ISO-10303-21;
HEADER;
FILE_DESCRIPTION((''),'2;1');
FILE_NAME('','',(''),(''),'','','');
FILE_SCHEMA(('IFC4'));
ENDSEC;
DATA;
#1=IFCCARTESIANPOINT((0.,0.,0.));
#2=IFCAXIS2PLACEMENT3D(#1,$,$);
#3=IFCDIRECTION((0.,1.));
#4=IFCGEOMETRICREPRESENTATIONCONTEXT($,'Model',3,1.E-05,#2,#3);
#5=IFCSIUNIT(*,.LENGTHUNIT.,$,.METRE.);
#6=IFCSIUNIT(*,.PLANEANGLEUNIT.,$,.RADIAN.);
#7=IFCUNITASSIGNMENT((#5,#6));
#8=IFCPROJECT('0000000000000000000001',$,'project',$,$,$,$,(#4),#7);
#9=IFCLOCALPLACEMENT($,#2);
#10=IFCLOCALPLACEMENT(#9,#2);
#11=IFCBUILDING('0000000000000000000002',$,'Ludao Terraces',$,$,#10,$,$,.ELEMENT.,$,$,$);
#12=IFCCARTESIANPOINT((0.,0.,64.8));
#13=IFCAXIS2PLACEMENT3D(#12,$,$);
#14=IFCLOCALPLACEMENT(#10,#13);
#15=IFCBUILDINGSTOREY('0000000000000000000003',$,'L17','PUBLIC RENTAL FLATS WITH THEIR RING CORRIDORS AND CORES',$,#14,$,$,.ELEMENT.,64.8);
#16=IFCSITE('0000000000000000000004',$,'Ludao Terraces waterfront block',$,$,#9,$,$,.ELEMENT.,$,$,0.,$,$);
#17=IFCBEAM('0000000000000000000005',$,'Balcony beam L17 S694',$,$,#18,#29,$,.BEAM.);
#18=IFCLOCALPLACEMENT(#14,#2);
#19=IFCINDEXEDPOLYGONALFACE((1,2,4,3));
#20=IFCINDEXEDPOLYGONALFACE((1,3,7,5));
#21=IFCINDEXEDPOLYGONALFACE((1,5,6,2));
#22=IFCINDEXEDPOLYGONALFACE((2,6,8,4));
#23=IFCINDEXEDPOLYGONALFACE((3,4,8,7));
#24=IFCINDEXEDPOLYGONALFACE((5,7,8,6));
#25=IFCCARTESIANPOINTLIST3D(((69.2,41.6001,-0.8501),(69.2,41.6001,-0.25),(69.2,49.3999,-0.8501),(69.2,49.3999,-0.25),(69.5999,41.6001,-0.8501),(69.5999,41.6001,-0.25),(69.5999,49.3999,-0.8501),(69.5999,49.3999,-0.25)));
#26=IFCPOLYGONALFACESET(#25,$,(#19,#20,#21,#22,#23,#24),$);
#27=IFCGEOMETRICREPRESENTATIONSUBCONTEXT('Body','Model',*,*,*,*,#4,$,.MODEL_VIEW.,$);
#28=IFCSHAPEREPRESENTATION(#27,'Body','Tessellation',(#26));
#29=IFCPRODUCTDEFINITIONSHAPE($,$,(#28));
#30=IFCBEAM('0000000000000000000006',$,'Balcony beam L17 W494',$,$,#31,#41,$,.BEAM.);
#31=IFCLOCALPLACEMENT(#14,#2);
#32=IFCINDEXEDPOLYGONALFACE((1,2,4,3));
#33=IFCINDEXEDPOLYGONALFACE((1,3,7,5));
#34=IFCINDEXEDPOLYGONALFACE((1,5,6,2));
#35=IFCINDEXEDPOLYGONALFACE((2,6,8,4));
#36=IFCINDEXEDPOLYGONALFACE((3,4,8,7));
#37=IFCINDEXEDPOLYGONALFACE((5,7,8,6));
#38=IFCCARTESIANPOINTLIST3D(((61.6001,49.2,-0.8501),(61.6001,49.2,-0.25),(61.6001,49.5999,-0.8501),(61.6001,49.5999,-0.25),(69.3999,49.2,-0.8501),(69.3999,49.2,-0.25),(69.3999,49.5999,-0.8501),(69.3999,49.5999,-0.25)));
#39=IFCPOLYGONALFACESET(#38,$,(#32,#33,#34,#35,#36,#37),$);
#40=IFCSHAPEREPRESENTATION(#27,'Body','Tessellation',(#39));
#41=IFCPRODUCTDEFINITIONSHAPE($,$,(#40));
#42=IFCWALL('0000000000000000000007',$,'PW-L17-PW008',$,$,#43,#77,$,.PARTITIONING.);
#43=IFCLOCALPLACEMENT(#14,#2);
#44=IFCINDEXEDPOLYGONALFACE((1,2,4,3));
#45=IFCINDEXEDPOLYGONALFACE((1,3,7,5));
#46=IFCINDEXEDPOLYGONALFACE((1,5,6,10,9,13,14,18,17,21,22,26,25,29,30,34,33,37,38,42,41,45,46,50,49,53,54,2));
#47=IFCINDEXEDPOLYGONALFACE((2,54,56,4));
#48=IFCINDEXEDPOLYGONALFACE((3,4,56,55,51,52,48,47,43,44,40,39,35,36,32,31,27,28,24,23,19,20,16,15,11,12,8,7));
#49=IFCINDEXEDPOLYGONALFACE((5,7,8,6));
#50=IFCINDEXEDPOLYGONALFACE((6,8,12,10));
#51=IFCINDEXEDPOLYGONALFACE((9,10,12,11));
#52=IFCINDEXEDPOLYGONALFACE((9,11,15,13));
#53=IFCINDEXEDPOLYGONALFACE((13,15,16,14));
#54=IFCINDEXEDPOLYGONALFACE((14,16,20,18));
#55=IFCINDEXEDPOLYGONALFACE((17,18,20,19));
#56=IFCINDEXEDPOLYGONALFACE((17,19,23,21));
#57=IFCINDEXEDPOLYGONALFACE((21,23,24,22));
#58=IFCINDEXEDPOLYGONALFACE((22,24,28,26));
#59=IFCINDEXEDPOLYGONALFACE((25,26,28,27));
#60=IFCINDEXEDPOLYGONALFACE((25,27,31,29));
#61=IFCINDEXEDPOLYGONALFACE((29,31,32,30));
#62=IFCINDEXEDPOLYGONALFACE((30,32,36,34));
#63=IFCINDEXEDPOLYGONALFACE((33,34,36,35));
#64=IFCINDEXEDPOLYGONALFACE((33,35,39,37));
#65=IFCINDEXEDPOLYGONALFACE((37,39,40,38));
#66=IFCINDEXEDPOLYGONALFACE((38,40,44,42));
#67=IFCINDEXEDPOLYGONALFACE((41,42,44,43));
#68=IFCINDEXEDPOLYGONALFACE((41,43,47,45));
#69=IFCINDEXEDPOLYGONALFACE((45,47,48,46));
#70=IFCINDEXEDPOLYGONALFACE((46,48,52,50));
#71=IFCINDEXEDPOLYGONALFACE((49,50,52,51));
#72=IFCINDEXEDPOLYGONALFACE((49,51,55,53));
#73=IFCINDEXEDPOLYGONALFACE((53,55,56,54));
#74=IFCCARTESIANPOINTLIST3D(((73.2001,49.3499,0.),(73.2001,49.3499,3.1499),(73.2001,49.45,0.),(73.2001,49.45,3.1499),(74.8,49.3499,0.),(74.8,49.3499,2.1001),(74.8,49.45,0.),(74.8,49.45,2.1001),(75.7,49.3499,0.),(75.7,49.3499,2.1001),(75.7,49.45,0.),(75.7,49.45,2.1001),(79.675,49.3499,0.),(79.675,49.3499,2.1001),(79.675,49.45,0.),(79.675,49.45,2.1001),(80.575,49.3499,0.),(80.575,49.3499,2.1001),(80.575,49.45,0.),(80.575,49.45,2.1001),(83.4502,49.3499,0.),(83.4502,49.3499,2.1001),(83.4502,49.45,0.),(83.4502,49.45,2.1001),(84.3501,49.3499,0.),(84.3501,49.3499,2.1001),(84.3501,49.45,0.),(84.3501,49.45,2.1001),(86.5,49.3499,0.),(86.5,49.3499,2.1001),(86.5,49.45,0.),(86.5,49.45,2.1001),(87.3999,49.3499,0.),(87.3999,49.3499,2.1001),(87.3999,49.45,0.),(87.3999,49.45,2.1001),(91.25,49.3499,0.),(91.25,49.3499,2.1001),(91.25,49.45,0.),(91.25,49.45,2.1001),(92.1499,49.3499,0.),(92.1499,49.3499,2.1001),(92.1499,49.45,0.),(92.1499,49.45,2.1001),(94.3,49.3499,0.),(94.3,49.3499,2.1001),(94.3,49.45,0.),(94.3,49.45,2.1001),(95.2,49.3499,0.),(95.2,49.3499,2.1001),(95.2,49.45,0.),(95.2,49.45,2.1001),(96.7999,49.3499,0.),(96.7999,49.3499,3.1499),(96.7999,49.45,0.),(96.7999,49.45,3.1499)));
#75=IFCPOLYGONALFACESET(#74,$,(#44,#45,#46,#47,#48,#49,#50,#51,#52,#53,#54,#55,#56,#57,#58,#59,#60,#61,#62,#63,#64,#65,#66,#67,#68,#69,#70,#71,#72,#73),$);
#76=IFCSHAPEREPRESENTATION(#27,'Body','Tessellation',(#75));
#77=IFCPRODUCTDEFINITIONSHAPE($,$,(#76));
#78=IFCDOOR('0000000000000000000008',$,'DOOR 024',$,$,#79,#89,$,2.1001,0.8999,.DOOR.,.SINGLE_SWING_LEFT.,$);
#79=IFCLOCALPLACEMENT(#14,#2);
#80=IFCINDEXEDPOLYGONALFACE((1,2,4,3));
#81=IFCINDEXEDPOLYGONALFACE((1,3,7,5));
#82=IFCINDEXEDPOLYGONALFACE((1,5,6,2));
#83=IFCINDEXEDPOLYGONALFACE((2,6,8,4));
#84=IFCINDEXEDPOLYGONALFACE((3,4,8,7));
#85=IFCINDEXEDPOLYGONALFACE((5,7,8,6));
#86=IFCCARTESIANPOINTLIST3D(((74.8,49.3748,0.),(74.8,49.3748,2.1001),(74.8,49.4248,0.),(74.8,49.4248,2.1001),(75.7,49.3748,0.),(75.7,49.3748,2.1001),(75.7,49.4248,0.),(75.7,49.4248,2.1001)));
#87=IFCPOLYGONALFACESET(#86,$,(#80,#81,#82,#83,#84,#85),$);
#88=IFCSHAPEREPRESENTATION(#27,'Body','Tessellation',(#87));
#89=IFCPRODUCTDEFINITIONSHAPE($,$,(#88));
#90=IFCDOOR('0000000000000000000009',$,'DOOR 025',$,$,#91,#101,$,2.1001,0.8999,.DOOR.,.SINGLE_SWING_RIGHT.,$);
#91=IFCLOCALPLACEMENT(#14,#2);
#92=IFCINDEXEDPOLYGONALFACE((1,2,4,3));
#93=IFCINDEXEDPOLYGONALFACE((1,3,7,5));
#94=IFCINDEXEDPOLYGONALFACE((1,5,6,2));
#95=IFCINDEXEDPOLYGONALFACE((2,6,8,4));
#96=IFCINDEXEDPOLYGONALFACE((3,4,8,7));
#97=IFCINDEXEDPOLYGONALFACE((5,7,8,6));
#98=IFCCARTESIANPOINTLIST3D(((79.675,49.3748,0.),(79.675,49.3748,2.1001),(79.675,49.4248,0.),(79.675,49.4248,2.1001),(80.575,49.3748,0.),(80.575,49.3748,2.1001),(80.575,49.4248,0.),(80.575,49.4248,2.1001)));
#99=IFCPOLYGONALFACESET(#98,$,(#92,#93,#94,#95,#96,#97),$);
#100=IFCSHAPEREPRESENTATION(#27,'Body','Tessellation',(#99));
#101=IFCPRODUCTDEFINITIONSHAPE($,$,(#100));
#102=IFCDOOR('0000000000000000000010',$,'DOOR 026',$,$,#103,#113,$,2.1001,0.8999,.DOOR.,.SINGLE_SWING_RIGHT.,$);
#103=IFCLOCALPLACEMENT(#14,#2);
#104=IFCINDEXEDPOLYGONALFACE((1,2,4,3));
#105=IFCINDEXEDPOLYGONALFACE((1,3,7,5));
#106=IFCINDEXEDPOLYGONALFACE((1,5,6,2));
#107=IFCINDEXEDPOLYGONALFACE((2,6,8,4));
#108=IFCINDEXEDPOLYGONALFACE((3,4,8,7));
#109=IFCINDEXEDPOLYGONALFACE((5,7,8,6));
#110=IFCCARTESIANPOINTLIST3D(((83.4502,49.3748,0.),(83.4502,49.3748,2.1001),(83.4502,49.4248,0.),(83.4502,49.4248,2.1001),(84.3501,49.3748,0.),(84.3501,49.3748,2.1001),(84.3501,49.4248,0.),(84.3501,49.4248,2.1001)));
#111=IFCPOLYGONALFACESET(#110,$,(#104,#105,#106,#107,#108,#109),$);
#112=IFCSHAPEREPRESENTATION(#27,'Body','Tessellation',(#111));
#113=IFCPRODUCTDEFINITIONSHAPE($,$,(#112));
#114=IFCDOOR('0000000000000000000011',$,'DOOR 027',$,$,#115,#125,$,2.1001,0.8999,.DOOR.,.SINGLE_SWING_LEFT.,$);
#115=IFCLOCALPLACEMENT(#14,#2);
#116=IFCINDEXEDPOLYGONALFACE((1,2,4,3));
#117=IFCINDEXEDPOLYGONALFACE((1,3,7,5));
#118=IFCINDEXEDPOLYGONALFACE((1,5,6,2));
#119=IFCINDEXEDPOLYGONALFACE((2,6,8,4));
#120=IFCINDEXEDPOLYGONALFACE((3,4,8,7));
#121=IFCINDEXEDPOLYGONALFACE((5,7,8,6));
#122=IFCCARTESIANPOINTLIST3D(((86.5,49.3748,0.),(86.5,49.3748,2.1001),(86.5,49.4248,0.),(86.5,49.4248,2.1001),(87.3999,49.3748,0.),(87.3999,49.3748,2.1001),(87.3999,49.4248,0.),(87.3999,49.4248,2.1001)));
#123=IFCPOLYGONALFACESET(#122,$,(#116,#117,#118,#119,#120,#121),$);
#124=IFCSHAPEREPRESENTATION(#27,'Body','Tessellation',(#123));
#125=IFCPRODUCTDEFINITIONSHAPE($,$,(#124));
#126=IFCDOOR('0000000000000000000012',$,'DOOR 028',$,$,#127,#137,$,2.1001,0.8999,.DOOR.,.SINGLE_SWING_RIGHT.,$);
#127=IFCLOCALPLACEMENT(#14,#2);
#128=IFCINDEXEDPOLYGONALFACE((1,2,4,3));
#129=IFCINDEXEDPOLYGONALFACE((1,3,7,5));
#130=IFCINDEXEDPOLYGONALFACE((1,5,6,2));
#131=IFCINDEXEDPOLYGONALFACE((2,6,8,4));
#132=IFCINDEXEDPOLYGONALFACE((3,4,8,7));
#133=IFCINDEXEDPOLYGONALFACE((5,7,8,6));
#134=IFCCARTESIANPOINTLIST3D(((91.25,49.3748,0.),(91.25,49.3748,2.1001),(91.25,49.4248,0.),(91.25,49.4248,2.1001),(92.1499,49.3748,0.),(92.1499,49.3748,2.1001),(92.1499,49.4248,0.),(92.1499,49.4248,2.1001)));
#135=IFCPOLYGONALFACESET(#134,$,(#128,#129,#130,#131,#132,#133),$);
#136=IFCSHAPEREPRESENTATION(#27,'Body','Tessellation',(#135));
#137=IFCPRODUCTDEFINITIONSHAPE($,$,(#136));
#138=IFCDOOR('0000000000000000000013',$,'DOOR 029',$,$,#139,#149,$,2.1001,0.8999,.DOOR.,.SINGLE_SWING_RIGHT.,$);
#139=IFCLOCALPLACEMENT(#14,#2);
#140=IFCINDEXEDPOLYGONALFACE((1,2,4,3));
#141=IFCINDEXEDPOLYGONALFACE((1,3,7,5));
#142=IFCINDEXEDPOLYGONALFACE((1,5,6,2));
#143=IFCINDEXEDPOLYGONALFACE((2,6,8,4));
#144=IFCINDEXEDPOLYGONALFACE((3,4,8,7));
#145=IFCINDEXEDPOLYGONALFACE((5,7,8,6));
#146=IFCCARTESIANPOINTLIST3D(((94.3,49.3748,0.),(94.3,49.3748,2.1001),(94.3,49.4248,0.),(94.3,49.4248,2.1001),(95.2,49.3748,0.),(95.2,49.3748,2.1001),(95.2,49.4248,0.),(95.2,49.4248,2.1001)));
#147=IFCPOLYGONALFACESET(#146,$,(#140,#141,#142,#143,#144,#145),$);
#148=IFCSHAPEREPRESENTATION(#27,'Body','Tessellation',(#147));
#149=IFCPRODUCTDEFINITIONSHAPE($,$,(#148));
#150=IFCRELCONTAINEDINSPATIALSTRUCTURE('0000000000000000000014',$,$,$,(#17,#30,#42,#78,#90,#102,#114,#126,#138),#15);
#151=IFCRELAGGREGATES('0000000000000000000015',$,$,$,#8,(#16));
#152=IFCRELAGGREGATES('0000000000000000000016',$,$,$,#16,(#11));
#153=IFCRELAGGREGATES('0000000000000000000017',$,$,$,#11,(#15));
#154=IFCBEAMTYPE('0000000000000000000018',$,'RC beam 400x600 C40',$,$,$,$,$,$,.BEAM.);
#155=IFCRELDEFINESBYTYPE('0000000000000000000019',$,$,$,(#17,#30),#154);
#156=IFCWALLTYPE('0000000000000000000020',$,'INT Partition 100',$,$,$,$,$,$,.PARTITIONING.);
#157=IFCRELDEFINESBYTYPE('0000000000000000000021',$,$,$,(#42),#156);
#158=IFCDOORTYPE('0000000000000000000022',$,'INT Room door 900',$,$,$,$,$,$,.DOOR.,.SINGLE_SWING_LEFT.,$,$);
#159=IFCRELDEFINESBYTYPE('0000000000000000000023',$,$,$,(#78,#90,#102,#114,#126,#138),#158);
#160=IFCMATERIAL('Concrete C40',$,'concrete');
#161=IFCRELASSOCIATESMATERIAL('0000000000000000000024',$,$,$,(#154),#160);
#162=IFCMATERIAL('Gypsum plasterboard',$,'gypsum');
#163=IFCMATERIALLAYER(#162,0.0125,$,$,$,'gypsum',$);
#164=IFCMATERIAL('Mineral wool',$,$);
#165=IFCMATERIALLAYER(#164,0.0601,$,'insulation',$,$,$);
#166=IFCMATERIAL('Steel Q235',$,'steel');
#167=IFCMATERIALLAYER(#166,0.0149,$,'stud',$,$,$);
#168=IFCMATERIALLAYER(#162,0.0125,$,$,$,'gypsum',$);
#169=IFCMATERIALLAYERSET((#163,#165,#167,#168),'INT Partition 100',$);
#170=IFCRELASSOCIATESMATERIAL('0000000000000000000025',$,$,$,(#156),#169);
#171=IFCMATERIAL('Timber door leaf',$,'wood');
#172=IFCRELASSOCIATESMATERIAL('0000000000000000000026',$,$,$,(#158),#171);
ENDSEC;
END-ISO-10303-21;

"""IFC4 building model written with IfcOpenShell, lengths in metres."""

from ifc_helpers import new_model, si_unit, direction, frame, frame_2d, origin, origin_2d, place, context, subcontext, project, spatial, rectangle, extrude, material, layer, layer_set, material_profile, profile_set, type_object, element, fill, save


model = new_model("IFC4")

# Units and contexts
model_context = context("Model", 3, precision=1e-05, world=origin(), true_north=direction((0.0, 1.0)))
body_context = subcontext(model_context, "Body", "Model", "MODEL_VIEW")
ifc_project = project(units=[si_unit("LENGTHUNIT", "METRE"), si_unit("PLANEANGLEUNIT", "RADIAN")], contexts=[model_context])

# Site, building, storey
site_placement = place(None, origin())
site = spatial("IfcSite", under=ifc_project, at=site_placement, Name="Ludao Terraces waterfront block", CompositionType="ELEMENT", RefElevation=0.0)
building_placement = place(site_placement, origin())
building = spatial("IfcBuilding", under=site, at=building_placement, Name="Ludao Terraces", CompositionType="ELEMENT")
storey_placement = place(building_placement, frame((0.0, 0.0, 64.8)))
storey = spatial("IfcBuildingStorey", under=building, at=storey_placement, Name="L17", Description="PUBLIC RENTAL FLATS WITH THEIR RING CORRIDORS AND CORES", CompositionType="ELEMENT", Elevation=64.8)

# Beams
ifc_material_1 = material(Name="Concrete C40", Category="concrete")
ifc_material_profile = material_profile(ifc_material_1, rectangle(XDim=0.3999, YDim=0.6001, at=origin_2d()), Name="400 X 600")
ifc_profile_set = profile_set([ifc_material_profile], Name="Concrete C40")
beam_type = type_object("IfcBeamType", Name="RC beam 400x600 C40", PredefinedType="BEAM", material=ifc_profile_set)
for number, where, z_axis, x_axis, name in (
    (1, (69.3999, 49.3999, -0.55), (0.0, -1.0, 0.0), (1.0, 0.0, 0.0), "Balcony beam L17 S694"),
    (2, (69.3999, 49.3999, -0.55), (-1.0, 0.0, 0.0), (0.0, -1.0, 0.0), "Balcony beam L17 W494"),
):
    element("IfcBeam", number, at=place(storey_placement, frame(where, z_axis=z_axis, x_axis=x_axis)), inside=storey, type_object=beam_type, Name=name, PredefinedType="BEAM", context=body_context, shape_type="SweptSolid", body=[
        extrude(rectangle(XDim=0.3999, YDim=0.6001, at=origin_2d()), origin(), (0.0, 0.0, 1.0), 7.7998),
    ])

# Wall, openings, doors
ifc_material_2 = material(Name="Gypsum plasterboard", Category="gypsum")
ifc_layer_1 = layer(ifc_material_2, 0.0125, Category="gypsum")
ifc_material_3 = material(Name="Mineral wool")
ifc_layer_2 = layer(ifc_material_3, 0.0601, Name="insulation")
ifc_material_4 = material(Name="Steel Q235", Category="steel")
ifc_layer_3 = layer(ifc_material_4, 0.0149, Name="stud")
ifc_layer_4 = layer(ifc_material_2, 0.0125, Category="gypsum")
ifc_layer_set = layer_set([ifc_layer_1, ifc_layer_2, ifc_layer_3, ifc_layer_4], Name="INT Partition 100")
wall_type = type_object("IfcWallType", Name="INT Partition 100", PredefinedType="PARTITIONING", material=ifc_layer_set)
wall_1_placement = place(storey_placement, frame((73.2002, 49.3999, 0.0), z_axis=(0.0, 0.0, 1.0), x_axis=(1.0, 0.0, 0.0)))
wall_1 = element("IfcWall", 3, at=wall_1_placement, inside=storey, type_object=wall_type, Name="PW-L17-PW008", PredefinedType="PARTITIONING", context=body_context, shape_type="SweptSolid", body=[
    extrude(rectangle(XDim=23.5999, YDim=0.1001, at=frame_2d((11.7998, 0.0))), origin(), (0.0, 0.0, 1.0), 3.1499),
])
opening_1_placement = place(wall_1_placement, frame((1.5999, 0.0, 0.0)))
opening_1 = element("IfcOpeningElement", 4, at=opening_1_placement, cuts=wall_1, PredefinedType="OPENING", context=body_context, shape_type="SweptSolid", body=[
    extrude(rectangle(XDim=0.8999, YDim=2.1001, at=frame_2d((0.45, 1.05))), frame((0.0, 0.0601, 0.0), z_axis=(0.0, -1.0, 0.0), x_axis=(1.0, 0.0, 0.0)), (0.0, 0.0, 1.0), 0.1201),
])
opening_2_placement = place(wall_1_placement, frame((6.4749, 0.0, 0.0)))
opening_2 = element("IfcOpeningElement", 5, at=opening_2_placement, cuts=wall_1, PredefinedType="OPENING", context=body_context, shape_type="SweptSolid", body=[
    extrude(rectangle(XDim=0.8999, YDim=2.1001, at=frame_2d((0.45, 1.05))), frame((0.0, 0.0601, 0.0), z_axis=(0.0, -1.0, 0.0), x_axis=(1.0, 0.0, 0.0)), (0.0, 0.0, 1.0), 0.1201),
])
opening_3_placement = place(wall_1_placement, frame((10.25, 0.0, 0.0)))
opening_3 = element("IfcOpeningElement", 6, at=opening_3_placement, cuts=wall_1, PredefinedType="OPENING", context=body_context, shape_type="SweptSolid", body=[
    extrude(rectangle(XDim=0.8999, YDim=2.1001, at=frame_2d((0.45, 1.05))), frame((0.0, 0.0601, 0.0), z_axis=(0.0, -1.0, 0.0), x_axis=(1.0, 0.0, 0.0)), (0.0, 0.0, 1.0), 0.1201),
])
opening_4_placement = place(wall_1_placement, frame((13.2998, 0.0, 0.0)))
opening_4 = element("IfcOpeningElement", 7, at=opening_4_placement, cuts=wall_1, PredefinedType="OPENING", context=body_context, shape_type="SweptSolid", body=[
    extrude(rectangle(XDim=0.8999, YDim=2.1001, at=frame_2d((0.45, 1.05))), frame((0.0, 0.0601, 0.0), z_axis=(0.0, -1.0, 0.0), x_axis=(1.0, 0.0, 0.0)), (0.0, 0.0, 1.0), 0.1201),
])
opening_5_placement = place(wall_1_placement, frame((18.0498, 0.0, 0.0)))
opening_5 = element("IfcOpeningElement", 8, at=opening_5_placement, cuts=wall_1, PredefinedType="OPENING", context=body_context, shape_type="SweptSolid", body=[
    extrude(rectangle(XDim=0.8999, YDim=2.1001, at=frame_2d((0.45, 1.05))), frame((0.0, 0.0601, 0.0), z_axis=(0.0, -1.0, 0.0), x_axis=(1.0, 0.0, 0.0)), (0.0, 0.0, 1.0), 0.1201),
])
opening_6_placement = place(wall_1_placement, frame((21.0999, 0.0, 0.0)))
opening_6 = element("IfcOpeningElement", 9, at=opening_6_placement, cuts=wall_1, PredefinedType="OPENING", context=body_context, shape_type="SweptSolid", body=[
    extrude(rectangle(XDim=0.8999, YDim=2.1001, at=frame_2d((0.45, 1.05))), frame((0.0, 0.0601, 0.0), z_axis=(0.0, -1.0, 0.0), x_axis=(1.0, 0.0, 0.0)), (0.0, 0.0, 1.0), 0.1201),
])
ifc_material_5 = material(Name="Timber door leaf", Category="wood")
door_type_1 = type_object("IfcDoorType", Name="INT Room door 900", OperationType="SINGLE_SWING_LEFT", PredefinedType="DOOR", material=ifc_material_5)
door_1_placement = place(opening_1_placement, origin())
door_1 = element("IfcDoor", 10, at=door_1_placement, inside=storey, type_object=door_type_1, Name="DOOR 024", OperationType="SINGLE_SWING_LEFT", OverallHeight=2.1001, OverallWidth=0.8999, PredefinedType="DOOR", context=body_context, shape_type="SweptSolid", body=[
    extrude(rectangle(XDim=0.8999, YDim=2.1001, at=frame_2d((0.45, 1.05))), frame((0.0, 0.0249, 0.0), z_axis=(0.0, -1.0, 0.0), x_axis=(1.0, 0.0, 0.0)), (0.0, 0.0, 1.0), 0.05),
])
fill(opening_1, door_1)
door_2_placement = place(opening_2_placement, origin())
door_2 = element("IfcDoor", 11, at=door_2_placement, inside=storey, type_object=door_type_1, Name="DOOR 025", OperationType="SINGLE_SWING_RIGHT", OverallHeight=2.1001, OverallWidth=0.8999, PredefinedType="DOOR", context=body_context, shape_type="SweptSolid", body=[
    extrude(rectangle(XDim=0.8999, YDim=2.1001, at=frame_2d((0.45, 1.05))), frame((0.0, 0.0249, 0.0), z_axis=(0.0, -1.0, 0.0), x_axis=(1.0, 0.0, 0.0)), (0.0, 0.0, 1.0), 0.05),
])
fill(opening_2, door_2)
door_3_placement = place(opening_3_placement, origin())
door_3 = element("IfcDoor", 12, at=door_3_placement, inside=storey, type_object=door_type_1, Name="DOOR 026", OperationType="SINGLE_SWING_RIGHT", OverallHeight=2.1001, OverallWidth=0.8999, PredefinedType="DOOR", context=body_context, shape_type="SweptSolid", body=[
    extrude(rectangle(XDim=0.8999, YDim=2.1001, at=frame_2d((0.45, 1.05))), frame((0.0, 0.0249, 0.0), z_axis=(0.0, -1.0, 0.0), x_axis=(1.0, 0.0, 0.0)), (0.0, 0.0, 1.0), 0.05),
])
fill(opening_3, door_3)
door_4_placement = place(opening_4_placement, origin())
door_4 = element("IfcDoor", 13, at=door_4_placement, inside=storey, type_object=door_type_1, Name="DOOR 027", OperationType="SINGLE_SWING_LEFT", OverallHeight=2.1001, OverallWidth=0.8999, PredefinedType="DOOR", context=body_context, shape_type="SweptSolid", body=[
    extrude(rectangle(XDim=0.8999, YDim=2.1001, at=frame_2d((0.45, 1.05))), frame((0.0, 0.0249, 0.0), z_axis=(0.0, -1.0, 0.0), x_axis=(1.0, 0.0, 0.0)), (0.0, 0.0, 1.0), 0.05),
])
fill(opening_4, door_4)
door_5_placement = place(opening_5_placement, origin())
door_5 = element("IfcDoor", 14, at=door_5_placement, inside=storey, type_object=door_type_1, Name="DOOR 028", OperationType="SINGLE_SWING_RIGHT", OverallHeight=2.1001, OverallWidth=0.8999, PredefinedType="DOOR", context=body_context, shape_type="SweptSolid", body=[
    extrude(rectangle(XDim=0.8999, YDim=2.1001, at=frame_2d((0.45, 1.05))), frame((0.0, 0.0249, 0.0), z_axis=(0.0, -1.0, 0.0), x_axis=(1.0, 0.0, 0.0)), (0.0, 0.0, 1.0), 0.05),
])
fill(opening_5, door_5)
door_6_placement = place(opening_6_placement, origin())
door_6 = element("IfcDoor", 15, at=door_6_placement, inside=storey, type_object=door_type_1, Name="DOOR 029", OperationType="SINGLE_SWING_RIGHT", OverallHeight=2.1001, OverallWidth=0.8999, PredefinedType="DOOR", context=body_context, shape_type="SweptSolid", body=[
    extrude(rectangle(XDim=0.8999, YDim=2.1001, at=frame_2d((0.45, 1.05))), frame((0.0, 0.0249, 0.0), z_axis=(0.0, -1.0, 0.0), x_axis=(1.0, 0.0, 0.0)), (0.0, 0.0, 1.0), 0.05),
])
fill(opening_6, door_6)

save(model, "model.ifc")
